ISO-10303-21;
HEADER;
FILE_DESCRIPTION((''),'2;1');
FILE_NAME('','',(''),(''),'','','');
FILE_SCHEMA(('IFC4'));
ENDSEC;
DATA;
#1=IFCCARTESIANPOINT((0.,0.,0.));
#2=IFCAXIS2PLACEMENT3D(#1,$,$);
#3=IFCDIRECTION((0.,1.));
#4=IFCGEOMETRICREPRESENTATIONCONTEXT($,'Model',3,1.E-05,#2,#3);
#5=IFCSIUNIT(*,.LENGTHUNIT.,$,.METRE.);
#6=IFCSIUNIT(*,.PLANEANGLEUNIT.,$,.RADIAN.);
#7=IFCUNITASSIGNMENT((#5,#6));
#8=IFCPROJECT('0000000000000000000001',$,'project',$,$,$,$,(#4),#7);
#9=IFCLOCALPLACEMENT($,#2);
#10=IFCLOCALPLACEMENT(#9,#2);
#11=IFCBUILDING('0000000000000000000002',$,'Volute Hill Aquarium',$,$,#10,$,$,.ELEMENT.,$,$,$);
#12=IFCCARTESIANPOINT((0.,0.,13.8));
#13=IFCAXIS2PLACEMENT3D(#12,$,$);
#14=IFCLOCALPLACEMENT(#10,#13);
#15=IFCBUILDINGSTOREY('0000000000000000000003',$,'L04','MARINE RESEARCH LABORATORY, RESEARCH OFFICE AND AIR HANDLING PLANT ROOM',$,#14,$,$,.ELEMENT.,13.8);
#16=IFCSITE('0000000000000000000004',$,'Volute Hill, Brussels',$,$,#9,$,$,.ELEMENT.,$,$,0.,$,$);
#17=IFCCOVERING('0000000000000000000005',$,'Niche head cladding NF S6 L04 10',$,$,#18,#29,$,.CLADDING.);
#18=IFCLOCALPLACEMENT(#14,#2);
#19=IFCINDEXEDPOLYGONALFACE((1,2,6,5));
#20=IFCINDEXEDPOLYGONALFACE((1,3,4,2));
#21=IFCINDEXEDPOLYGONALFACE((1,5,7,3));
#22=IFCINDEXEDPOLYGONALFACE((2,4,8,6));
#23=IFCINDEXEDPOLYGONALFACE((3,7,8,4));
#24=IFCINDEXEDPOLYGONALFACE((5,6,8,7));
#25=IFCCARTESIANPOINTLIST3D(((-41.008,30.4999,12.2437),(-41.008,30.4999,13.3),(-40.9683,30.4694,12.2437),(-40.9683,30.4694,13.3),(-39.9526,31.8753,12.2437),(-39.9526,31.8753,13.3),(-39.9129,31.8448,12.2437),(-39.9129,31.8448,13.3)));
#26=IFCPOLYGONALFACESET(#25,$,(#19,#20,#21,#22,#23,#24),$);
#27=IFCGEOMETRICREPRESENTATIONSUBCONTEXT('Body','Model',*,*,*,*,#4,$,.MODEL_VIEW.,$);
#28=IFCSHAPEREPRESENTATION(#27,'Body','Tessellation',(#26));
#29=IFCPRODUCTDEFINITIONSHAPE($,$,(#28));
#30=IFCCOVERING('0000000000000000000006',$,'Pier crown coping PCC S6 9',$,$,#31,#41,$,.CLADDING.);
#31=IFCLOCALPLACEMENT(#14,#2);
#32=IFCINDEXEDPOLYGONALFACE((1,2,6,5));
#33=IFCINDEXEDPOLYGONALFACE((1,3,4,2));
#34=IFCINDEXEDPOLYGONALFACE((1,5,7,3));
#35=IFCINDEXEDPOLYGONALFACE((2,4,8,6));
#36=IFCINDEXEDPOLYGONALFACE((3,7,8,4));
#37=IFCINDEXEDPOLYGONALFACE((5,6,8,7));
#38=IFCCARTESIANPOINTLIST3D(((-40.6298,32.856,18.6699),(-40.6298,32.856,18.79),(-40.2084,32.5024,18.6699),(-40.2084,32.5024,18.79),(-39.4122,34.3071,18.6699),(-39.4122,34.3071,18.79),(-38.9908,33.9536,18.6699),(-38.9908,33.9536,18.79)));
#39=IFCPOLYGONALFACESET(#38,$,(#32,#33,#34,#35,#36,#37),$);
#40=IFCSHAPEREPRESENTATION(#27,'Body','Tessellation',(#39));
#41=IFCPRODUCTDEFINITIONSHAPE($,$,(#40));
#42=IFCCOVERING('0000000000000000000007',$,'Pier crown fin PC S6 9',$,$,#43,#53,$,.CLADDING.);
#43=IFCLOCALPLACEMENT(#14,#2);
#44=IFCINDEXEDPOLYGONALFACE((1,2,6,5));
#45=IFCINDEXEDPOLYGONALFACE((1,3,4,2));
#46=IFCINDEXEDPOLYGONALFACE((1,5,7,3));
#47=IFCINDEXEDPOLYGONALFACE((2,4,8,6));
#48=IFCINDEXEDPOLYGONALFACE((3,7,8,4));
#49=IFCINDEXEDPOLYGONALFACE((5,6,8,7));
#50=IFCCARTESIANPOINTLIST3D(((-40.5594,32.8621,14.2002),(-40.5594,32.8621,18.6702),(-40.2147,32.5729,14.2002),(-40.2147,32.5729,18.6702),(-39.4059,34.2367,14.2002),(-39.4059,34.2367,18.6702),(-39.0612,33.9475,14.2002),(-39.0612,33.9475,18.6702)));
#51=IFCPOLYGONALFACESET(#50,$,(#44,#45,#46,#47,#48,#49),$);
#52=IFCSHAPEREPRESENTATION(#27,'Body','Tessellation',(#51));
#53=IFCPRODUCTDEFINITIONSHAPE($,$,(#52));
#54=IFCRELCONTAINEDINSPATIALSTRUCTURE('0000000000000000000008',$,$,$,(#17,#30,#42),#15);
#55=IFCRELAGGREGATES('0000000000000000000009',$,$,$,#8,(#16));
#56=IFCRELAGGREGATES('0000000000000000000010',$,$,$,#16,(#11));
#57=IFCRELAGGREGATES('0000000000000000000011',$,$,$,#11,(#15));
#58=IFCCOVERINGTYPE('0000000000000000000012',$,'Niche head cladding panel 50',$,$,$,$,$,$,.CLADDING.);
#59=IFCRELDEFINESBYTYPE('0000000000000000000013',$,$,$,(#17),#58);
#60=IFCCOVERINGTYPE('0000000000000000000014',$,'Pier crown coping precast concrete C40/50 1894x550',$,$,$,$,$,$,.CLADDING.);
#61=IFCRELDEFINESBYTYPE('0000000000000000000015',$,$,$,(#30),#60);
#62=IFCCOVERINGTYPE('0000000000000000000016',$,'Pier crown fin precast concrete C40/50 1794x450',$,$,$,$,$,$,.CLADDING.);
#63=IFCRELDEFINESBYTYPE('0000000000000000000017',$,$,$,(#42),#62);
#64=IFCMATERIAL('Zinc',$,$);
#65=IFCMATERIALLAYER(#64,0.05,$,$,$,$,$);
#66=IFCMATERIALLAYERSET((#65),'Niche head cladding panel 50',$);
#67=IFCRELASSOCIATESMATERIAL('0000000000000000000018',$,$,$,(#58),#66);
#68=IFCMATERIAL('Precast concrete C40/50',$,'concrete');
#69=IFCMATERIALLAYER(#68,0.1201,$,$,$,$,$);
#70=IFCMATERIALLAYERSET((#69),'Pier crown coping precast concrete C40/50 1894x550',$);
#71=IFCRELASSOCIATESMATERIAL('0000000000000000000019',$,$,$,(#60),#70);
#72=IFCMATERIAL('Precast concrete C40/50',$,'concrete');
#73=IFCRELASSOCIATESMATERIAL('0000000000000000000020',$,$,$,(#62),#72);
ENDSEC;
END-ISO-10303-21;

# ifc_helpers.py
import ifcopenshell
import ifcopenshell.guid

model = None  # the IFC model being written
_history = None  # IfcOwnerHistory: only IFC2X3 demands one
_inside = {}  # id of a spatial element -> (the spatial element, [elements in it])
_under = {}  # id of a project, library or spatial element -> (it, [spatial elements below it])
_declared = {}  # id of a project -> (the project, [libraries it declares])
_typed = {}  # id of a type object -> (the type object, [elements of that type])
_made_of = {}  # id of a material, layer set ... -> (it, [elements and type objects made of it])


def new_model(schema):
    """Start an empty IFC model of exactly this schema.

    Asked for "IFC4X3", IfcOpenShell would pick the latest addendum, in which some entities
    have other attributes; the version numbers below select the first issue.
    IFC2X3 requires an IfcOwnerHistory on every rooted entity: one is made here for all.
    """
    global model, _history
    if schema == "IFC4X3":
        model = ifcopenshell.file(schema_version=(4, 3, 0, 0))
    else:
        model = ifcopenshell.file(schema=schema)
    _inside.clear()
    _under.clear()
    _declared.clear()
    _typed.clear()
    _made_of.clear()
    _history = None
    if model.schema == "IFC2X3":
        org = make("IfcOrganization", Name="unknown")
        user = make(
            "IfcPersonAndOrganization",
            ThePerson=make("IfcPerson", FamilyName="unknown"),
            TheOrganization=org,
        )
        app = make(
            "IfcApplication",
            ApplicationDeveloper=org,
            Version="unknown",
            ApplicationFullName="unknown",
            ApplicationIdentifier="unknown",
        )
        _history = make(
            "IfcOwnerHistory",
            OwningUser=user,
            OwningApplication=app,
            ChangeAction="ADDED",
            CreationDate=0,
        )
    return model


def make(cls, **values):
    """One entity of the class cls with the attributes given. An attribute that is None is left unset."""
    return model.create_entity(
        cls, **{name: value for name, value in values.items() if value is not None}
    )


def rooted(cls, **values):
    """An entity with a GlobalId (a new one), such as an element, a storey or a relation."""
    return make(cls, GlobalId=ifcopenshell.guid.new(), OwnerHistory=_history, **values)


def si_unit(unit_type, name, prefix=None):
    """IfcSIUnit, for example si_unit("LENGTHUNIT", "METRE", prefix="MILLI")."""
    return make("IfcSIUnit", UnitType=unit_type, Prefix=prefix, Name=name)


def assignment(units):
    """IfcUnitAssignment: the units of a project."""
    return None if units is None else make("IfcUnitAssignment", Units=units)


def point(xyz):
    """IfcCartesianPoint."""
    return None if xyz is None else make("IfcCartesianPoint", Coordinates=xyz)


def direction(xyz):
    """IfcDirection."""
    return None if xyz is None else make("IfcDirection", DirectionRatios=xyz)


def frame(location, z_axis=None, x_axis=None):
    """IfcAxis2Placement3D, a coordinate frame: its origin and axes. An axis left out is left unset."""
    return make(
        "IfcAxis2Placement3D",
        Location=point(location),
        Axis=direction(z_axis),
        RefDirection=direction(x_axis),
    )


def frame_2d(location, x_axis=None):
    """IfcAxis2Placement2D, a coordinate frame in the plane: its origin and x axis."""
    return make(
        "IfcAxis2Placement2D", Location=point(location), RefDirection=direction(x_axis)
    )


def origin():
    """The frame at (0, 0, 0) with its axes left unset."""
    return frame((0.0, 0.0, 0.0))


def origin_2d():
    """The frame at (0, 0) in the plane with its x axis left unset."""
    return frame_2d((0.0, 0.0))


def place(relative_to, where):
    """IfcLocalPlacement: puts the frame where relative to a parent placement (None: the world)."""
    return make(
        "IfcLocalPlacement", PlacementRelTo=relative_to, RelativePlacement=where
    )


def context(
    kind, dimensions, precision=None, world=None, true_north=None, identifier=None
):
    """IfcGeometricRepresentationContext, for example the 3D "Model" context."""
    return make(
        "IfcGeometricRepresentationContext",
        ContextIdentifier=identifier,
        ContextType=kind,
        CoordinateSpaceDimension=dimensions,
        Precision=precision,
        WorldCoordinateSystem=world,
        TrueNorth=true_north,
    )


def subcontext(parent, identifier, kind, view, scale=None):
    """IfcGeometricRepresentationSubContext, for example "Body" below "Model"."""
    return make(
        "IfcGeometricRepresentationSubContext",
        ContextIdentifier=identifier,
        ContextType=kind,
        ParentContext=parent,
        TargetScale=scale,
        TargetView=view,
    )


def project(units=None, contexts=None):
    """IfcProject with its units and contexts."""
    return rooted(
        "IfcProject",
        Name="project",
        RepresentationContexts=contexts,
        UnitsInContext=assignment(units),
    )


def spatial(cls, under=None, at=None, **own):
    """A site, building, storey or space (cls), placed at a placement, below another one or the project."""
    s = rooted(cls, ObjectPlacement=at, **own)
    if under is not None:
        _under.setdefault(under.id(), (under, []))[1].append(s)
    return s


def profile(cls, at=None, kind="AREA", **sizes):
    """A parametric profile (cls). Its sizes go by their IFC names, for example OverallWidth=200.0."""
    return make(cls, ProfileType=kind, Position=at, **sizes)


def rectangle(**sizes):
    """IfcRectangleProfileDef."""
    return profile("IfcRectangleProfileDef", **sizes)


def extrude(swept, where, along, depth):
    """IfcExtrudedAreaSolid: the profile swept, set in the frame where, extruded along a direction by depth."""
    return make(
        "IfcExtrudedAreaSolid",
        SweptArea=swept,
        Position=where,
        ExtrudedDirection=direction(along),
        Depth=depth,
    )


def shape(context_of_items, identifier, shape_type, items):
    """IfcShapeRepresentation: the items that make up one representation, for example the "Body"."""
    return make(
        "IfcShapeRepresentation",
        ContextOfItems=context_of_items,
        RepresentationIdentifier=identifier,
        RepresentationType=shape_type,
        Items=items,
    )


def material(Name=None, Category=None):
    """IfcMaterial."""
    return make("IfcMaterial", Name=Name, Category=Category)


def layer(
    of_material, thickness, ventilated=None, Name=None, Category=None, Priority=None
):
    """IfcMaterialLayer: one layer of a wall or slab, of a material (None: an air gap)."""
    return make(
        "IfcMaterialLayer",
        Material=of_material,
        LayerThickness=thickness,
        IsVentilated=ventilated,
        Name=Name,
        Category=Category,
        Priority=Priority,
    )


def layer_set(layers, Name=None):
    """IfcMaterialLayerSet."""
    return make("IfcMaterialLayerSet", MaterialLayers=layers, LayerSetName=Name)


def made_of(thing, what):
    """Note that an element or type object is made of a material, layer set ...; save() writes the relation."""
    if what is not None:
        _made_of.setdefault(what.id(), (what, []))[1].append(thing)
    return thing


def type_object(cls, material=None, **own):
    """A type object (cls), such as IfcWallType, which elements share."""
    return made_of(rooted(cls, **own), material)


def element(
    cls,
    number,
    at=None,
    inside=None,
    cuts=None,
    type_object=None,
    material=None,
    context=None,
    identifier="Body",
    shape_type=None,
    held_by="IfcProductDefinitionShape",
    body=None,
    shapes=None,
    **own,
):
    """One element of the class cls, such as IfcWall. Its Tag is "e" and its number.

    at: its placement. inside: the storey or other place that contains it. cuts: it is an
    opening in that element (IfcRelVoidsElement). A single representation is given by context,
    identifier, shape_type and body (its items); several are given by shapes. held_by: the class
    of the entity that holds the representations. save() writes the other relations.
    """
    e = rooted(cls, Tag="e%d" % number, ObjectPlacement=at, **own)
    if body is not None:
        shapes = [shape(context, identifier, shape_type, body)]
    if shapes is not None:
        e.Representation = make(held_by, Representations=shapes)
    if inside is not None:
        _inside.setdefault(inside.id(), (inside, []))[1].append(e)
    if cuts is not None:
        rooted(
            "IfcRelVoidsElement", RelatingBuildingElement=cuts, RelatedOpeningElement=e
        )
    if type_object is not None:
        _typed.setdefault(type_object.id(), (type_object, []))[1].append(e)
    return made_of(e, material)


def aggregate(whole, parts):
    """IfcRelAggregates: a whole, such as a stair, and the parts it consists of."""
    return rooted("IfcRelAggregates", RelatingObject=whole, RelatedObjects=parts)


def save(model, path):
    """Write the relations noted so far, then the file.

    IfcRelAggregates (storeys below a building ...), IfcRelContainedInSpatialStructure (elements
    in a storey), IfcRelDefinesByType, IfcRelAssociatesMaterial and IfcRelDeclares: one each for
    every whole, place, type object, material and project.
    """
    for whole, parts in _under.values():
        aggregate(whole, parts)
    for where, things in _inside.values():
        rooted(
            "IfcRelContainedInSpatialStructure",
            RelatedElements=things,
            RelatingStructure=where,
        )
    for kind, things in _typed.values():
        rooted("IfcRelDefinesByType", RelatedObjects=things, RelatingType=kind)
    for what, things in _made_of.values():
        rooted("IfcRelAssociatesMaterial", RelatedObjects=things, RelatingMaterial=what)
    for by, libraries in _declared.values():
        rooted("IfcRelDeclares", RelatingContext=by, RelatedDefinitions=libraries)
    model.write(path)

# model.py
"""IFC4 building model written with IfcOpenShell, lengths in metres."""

from ifc_helpers import new_model, si_unit, direction, frame, origin, origin_2d, place, context, subcontext, project, spatial, rectangle, extrude, material, layer, layer_set, type_object, element, save


model = new_model("IFC4")

# Units and contexts
model_context = context("Model", 3, precision=1e-05, world=origin(), true_north=direction((0.0, 1.0)))
body_context = subcontext(model_context, "Body", "Model", "MODEL_VIEW")
ifc_project = project(units=[si_unit("LENGTHUNIT", "METRE"), si_unit("PLANEANGLEUNIT", "RADIAN")], contexts=[model_context])

# Site, building, storey
site_placement = place(None, origin())
site = spatial("IfcSite", under=ifc_project, at=site_placement, Name="Volute Hill, Brussels", CompositionType="ELEMENT", RefElevation=0.0)
building_placement = place(site_placement, origin())
building = spatial("IfcBuilding", under=site, at=building_placement, Name="Volute Hill Aquarium", CompositionType="ELEMENT")
storey_placement = place(building_placement, frame((0.0, 0.0, 13.8)))
storey = spatial("IfcBuildingStorey", under=building, at=storey_placement, Name="L04", Description="MARINE RESEARCH LABORATORY, RESEARCH OFFICE AND AIR HANDLING PLANT ROOM", CompositionType="ELEMENT", Elevation=13.8)

# Coverings
ifc_material_1 = material(Name="Zinc")
ifc_layer_1 = layer(ifc_material_1, 0.05)
ifc_layer_set_1 = layer_set([ifc_layer_1], Name="Niche head cladding panel 50")
covering_type_1 = type_object("IfcCoveringType", Name="Niche head cladding panel 50", PredefinedType="CLADDING", material=ifc_layer_set_1)
covering_1_placement = place(storey_placement, frame((-40.4604, 31.1724, 12.2437), z_axis=(0.0, 0.0, 1.0), x_axis=(-0.608766, -0.79335, 0.0)))
element("IfcCovering", 1, at=covering_1_placement, inside=storey, type_object=covering_type_1, Name="Niche head cladding NF S6 L04 10", PredefinedType="CLADDING", context=body_context, shape_type="SweptSolid", body=[
    extrude(rectangle(XDim=1.7336, YDim=0.05, at=origin_2d()), origin(), (0.0, 0.0, 1.0), 1.0564),
])
ifc_material_2 = material(Name="Precast concrete C40/50", Category="concrete")
ifc_layer_2 = layer(ifc_material_2, 0.1201)
ifc_layer_set_2 = layer_set([ifc_layer_2], Name="Pier crown coping precast concrete C40/50 1894x550")
covering_type_2 = type_object("IfcCoveringType", Name="Pier crown coping precast concrete C40/50 1894x550", PredefinedType="CLADDING", material=ifc_layer_set_2)
covering_2_placement = place(storey_placement, frame((-39.8103, 33.4048, 18.6699), z_axis=(0.0, 0.0, 1.0), x_axis=(-0.642788, -0.766044, 0.0)))
element("IfcCovering", 2, at=covering_2_placement, inside=storey, type_object=covering_type_2, Name="Pier crown coping PCC S6 9", PredefinedType="CLADDING", context=body_context, shape_type="SweptSolid", body=[
    extrude(rectangle(XDim=1.8943, YDim=0.55, at=origin_2d()), origin(), (0.0, 0.0, 1.0), 0.1201),
])
ifc_material_3 = material(Name="Precast concrete C40/50", Category="concrete")
covering_type_3 = type_object("IfcCoveringType", Name="Pier crown fin precast concrete C40/50 1794x450", PredefinedType="CLADDING", material=ifc_material_3)
covering_3_placement = place(storey_placement, frame((-39.8103, 33.4048, 14.2002), z_axis=(0.0, 0.0, 1.0), x_axis=(-0.642788, -0.766044, 0.0)))
element("IfcCovering", 3, at=covering_3_placement, inside=storey, type_object=covering_type_3, Name="Pier crown fin PC S6 9", PredefinedType="CLADDING", context=body_context, shape_type="SweptSolid", body=[
    extrude(rectangle(XDim=1.7944, YDim=0.45, at=origin_2d()), origin(), (0.0, 0.0, 1.0), 4.47),
])

save(model, "model.ifc")
